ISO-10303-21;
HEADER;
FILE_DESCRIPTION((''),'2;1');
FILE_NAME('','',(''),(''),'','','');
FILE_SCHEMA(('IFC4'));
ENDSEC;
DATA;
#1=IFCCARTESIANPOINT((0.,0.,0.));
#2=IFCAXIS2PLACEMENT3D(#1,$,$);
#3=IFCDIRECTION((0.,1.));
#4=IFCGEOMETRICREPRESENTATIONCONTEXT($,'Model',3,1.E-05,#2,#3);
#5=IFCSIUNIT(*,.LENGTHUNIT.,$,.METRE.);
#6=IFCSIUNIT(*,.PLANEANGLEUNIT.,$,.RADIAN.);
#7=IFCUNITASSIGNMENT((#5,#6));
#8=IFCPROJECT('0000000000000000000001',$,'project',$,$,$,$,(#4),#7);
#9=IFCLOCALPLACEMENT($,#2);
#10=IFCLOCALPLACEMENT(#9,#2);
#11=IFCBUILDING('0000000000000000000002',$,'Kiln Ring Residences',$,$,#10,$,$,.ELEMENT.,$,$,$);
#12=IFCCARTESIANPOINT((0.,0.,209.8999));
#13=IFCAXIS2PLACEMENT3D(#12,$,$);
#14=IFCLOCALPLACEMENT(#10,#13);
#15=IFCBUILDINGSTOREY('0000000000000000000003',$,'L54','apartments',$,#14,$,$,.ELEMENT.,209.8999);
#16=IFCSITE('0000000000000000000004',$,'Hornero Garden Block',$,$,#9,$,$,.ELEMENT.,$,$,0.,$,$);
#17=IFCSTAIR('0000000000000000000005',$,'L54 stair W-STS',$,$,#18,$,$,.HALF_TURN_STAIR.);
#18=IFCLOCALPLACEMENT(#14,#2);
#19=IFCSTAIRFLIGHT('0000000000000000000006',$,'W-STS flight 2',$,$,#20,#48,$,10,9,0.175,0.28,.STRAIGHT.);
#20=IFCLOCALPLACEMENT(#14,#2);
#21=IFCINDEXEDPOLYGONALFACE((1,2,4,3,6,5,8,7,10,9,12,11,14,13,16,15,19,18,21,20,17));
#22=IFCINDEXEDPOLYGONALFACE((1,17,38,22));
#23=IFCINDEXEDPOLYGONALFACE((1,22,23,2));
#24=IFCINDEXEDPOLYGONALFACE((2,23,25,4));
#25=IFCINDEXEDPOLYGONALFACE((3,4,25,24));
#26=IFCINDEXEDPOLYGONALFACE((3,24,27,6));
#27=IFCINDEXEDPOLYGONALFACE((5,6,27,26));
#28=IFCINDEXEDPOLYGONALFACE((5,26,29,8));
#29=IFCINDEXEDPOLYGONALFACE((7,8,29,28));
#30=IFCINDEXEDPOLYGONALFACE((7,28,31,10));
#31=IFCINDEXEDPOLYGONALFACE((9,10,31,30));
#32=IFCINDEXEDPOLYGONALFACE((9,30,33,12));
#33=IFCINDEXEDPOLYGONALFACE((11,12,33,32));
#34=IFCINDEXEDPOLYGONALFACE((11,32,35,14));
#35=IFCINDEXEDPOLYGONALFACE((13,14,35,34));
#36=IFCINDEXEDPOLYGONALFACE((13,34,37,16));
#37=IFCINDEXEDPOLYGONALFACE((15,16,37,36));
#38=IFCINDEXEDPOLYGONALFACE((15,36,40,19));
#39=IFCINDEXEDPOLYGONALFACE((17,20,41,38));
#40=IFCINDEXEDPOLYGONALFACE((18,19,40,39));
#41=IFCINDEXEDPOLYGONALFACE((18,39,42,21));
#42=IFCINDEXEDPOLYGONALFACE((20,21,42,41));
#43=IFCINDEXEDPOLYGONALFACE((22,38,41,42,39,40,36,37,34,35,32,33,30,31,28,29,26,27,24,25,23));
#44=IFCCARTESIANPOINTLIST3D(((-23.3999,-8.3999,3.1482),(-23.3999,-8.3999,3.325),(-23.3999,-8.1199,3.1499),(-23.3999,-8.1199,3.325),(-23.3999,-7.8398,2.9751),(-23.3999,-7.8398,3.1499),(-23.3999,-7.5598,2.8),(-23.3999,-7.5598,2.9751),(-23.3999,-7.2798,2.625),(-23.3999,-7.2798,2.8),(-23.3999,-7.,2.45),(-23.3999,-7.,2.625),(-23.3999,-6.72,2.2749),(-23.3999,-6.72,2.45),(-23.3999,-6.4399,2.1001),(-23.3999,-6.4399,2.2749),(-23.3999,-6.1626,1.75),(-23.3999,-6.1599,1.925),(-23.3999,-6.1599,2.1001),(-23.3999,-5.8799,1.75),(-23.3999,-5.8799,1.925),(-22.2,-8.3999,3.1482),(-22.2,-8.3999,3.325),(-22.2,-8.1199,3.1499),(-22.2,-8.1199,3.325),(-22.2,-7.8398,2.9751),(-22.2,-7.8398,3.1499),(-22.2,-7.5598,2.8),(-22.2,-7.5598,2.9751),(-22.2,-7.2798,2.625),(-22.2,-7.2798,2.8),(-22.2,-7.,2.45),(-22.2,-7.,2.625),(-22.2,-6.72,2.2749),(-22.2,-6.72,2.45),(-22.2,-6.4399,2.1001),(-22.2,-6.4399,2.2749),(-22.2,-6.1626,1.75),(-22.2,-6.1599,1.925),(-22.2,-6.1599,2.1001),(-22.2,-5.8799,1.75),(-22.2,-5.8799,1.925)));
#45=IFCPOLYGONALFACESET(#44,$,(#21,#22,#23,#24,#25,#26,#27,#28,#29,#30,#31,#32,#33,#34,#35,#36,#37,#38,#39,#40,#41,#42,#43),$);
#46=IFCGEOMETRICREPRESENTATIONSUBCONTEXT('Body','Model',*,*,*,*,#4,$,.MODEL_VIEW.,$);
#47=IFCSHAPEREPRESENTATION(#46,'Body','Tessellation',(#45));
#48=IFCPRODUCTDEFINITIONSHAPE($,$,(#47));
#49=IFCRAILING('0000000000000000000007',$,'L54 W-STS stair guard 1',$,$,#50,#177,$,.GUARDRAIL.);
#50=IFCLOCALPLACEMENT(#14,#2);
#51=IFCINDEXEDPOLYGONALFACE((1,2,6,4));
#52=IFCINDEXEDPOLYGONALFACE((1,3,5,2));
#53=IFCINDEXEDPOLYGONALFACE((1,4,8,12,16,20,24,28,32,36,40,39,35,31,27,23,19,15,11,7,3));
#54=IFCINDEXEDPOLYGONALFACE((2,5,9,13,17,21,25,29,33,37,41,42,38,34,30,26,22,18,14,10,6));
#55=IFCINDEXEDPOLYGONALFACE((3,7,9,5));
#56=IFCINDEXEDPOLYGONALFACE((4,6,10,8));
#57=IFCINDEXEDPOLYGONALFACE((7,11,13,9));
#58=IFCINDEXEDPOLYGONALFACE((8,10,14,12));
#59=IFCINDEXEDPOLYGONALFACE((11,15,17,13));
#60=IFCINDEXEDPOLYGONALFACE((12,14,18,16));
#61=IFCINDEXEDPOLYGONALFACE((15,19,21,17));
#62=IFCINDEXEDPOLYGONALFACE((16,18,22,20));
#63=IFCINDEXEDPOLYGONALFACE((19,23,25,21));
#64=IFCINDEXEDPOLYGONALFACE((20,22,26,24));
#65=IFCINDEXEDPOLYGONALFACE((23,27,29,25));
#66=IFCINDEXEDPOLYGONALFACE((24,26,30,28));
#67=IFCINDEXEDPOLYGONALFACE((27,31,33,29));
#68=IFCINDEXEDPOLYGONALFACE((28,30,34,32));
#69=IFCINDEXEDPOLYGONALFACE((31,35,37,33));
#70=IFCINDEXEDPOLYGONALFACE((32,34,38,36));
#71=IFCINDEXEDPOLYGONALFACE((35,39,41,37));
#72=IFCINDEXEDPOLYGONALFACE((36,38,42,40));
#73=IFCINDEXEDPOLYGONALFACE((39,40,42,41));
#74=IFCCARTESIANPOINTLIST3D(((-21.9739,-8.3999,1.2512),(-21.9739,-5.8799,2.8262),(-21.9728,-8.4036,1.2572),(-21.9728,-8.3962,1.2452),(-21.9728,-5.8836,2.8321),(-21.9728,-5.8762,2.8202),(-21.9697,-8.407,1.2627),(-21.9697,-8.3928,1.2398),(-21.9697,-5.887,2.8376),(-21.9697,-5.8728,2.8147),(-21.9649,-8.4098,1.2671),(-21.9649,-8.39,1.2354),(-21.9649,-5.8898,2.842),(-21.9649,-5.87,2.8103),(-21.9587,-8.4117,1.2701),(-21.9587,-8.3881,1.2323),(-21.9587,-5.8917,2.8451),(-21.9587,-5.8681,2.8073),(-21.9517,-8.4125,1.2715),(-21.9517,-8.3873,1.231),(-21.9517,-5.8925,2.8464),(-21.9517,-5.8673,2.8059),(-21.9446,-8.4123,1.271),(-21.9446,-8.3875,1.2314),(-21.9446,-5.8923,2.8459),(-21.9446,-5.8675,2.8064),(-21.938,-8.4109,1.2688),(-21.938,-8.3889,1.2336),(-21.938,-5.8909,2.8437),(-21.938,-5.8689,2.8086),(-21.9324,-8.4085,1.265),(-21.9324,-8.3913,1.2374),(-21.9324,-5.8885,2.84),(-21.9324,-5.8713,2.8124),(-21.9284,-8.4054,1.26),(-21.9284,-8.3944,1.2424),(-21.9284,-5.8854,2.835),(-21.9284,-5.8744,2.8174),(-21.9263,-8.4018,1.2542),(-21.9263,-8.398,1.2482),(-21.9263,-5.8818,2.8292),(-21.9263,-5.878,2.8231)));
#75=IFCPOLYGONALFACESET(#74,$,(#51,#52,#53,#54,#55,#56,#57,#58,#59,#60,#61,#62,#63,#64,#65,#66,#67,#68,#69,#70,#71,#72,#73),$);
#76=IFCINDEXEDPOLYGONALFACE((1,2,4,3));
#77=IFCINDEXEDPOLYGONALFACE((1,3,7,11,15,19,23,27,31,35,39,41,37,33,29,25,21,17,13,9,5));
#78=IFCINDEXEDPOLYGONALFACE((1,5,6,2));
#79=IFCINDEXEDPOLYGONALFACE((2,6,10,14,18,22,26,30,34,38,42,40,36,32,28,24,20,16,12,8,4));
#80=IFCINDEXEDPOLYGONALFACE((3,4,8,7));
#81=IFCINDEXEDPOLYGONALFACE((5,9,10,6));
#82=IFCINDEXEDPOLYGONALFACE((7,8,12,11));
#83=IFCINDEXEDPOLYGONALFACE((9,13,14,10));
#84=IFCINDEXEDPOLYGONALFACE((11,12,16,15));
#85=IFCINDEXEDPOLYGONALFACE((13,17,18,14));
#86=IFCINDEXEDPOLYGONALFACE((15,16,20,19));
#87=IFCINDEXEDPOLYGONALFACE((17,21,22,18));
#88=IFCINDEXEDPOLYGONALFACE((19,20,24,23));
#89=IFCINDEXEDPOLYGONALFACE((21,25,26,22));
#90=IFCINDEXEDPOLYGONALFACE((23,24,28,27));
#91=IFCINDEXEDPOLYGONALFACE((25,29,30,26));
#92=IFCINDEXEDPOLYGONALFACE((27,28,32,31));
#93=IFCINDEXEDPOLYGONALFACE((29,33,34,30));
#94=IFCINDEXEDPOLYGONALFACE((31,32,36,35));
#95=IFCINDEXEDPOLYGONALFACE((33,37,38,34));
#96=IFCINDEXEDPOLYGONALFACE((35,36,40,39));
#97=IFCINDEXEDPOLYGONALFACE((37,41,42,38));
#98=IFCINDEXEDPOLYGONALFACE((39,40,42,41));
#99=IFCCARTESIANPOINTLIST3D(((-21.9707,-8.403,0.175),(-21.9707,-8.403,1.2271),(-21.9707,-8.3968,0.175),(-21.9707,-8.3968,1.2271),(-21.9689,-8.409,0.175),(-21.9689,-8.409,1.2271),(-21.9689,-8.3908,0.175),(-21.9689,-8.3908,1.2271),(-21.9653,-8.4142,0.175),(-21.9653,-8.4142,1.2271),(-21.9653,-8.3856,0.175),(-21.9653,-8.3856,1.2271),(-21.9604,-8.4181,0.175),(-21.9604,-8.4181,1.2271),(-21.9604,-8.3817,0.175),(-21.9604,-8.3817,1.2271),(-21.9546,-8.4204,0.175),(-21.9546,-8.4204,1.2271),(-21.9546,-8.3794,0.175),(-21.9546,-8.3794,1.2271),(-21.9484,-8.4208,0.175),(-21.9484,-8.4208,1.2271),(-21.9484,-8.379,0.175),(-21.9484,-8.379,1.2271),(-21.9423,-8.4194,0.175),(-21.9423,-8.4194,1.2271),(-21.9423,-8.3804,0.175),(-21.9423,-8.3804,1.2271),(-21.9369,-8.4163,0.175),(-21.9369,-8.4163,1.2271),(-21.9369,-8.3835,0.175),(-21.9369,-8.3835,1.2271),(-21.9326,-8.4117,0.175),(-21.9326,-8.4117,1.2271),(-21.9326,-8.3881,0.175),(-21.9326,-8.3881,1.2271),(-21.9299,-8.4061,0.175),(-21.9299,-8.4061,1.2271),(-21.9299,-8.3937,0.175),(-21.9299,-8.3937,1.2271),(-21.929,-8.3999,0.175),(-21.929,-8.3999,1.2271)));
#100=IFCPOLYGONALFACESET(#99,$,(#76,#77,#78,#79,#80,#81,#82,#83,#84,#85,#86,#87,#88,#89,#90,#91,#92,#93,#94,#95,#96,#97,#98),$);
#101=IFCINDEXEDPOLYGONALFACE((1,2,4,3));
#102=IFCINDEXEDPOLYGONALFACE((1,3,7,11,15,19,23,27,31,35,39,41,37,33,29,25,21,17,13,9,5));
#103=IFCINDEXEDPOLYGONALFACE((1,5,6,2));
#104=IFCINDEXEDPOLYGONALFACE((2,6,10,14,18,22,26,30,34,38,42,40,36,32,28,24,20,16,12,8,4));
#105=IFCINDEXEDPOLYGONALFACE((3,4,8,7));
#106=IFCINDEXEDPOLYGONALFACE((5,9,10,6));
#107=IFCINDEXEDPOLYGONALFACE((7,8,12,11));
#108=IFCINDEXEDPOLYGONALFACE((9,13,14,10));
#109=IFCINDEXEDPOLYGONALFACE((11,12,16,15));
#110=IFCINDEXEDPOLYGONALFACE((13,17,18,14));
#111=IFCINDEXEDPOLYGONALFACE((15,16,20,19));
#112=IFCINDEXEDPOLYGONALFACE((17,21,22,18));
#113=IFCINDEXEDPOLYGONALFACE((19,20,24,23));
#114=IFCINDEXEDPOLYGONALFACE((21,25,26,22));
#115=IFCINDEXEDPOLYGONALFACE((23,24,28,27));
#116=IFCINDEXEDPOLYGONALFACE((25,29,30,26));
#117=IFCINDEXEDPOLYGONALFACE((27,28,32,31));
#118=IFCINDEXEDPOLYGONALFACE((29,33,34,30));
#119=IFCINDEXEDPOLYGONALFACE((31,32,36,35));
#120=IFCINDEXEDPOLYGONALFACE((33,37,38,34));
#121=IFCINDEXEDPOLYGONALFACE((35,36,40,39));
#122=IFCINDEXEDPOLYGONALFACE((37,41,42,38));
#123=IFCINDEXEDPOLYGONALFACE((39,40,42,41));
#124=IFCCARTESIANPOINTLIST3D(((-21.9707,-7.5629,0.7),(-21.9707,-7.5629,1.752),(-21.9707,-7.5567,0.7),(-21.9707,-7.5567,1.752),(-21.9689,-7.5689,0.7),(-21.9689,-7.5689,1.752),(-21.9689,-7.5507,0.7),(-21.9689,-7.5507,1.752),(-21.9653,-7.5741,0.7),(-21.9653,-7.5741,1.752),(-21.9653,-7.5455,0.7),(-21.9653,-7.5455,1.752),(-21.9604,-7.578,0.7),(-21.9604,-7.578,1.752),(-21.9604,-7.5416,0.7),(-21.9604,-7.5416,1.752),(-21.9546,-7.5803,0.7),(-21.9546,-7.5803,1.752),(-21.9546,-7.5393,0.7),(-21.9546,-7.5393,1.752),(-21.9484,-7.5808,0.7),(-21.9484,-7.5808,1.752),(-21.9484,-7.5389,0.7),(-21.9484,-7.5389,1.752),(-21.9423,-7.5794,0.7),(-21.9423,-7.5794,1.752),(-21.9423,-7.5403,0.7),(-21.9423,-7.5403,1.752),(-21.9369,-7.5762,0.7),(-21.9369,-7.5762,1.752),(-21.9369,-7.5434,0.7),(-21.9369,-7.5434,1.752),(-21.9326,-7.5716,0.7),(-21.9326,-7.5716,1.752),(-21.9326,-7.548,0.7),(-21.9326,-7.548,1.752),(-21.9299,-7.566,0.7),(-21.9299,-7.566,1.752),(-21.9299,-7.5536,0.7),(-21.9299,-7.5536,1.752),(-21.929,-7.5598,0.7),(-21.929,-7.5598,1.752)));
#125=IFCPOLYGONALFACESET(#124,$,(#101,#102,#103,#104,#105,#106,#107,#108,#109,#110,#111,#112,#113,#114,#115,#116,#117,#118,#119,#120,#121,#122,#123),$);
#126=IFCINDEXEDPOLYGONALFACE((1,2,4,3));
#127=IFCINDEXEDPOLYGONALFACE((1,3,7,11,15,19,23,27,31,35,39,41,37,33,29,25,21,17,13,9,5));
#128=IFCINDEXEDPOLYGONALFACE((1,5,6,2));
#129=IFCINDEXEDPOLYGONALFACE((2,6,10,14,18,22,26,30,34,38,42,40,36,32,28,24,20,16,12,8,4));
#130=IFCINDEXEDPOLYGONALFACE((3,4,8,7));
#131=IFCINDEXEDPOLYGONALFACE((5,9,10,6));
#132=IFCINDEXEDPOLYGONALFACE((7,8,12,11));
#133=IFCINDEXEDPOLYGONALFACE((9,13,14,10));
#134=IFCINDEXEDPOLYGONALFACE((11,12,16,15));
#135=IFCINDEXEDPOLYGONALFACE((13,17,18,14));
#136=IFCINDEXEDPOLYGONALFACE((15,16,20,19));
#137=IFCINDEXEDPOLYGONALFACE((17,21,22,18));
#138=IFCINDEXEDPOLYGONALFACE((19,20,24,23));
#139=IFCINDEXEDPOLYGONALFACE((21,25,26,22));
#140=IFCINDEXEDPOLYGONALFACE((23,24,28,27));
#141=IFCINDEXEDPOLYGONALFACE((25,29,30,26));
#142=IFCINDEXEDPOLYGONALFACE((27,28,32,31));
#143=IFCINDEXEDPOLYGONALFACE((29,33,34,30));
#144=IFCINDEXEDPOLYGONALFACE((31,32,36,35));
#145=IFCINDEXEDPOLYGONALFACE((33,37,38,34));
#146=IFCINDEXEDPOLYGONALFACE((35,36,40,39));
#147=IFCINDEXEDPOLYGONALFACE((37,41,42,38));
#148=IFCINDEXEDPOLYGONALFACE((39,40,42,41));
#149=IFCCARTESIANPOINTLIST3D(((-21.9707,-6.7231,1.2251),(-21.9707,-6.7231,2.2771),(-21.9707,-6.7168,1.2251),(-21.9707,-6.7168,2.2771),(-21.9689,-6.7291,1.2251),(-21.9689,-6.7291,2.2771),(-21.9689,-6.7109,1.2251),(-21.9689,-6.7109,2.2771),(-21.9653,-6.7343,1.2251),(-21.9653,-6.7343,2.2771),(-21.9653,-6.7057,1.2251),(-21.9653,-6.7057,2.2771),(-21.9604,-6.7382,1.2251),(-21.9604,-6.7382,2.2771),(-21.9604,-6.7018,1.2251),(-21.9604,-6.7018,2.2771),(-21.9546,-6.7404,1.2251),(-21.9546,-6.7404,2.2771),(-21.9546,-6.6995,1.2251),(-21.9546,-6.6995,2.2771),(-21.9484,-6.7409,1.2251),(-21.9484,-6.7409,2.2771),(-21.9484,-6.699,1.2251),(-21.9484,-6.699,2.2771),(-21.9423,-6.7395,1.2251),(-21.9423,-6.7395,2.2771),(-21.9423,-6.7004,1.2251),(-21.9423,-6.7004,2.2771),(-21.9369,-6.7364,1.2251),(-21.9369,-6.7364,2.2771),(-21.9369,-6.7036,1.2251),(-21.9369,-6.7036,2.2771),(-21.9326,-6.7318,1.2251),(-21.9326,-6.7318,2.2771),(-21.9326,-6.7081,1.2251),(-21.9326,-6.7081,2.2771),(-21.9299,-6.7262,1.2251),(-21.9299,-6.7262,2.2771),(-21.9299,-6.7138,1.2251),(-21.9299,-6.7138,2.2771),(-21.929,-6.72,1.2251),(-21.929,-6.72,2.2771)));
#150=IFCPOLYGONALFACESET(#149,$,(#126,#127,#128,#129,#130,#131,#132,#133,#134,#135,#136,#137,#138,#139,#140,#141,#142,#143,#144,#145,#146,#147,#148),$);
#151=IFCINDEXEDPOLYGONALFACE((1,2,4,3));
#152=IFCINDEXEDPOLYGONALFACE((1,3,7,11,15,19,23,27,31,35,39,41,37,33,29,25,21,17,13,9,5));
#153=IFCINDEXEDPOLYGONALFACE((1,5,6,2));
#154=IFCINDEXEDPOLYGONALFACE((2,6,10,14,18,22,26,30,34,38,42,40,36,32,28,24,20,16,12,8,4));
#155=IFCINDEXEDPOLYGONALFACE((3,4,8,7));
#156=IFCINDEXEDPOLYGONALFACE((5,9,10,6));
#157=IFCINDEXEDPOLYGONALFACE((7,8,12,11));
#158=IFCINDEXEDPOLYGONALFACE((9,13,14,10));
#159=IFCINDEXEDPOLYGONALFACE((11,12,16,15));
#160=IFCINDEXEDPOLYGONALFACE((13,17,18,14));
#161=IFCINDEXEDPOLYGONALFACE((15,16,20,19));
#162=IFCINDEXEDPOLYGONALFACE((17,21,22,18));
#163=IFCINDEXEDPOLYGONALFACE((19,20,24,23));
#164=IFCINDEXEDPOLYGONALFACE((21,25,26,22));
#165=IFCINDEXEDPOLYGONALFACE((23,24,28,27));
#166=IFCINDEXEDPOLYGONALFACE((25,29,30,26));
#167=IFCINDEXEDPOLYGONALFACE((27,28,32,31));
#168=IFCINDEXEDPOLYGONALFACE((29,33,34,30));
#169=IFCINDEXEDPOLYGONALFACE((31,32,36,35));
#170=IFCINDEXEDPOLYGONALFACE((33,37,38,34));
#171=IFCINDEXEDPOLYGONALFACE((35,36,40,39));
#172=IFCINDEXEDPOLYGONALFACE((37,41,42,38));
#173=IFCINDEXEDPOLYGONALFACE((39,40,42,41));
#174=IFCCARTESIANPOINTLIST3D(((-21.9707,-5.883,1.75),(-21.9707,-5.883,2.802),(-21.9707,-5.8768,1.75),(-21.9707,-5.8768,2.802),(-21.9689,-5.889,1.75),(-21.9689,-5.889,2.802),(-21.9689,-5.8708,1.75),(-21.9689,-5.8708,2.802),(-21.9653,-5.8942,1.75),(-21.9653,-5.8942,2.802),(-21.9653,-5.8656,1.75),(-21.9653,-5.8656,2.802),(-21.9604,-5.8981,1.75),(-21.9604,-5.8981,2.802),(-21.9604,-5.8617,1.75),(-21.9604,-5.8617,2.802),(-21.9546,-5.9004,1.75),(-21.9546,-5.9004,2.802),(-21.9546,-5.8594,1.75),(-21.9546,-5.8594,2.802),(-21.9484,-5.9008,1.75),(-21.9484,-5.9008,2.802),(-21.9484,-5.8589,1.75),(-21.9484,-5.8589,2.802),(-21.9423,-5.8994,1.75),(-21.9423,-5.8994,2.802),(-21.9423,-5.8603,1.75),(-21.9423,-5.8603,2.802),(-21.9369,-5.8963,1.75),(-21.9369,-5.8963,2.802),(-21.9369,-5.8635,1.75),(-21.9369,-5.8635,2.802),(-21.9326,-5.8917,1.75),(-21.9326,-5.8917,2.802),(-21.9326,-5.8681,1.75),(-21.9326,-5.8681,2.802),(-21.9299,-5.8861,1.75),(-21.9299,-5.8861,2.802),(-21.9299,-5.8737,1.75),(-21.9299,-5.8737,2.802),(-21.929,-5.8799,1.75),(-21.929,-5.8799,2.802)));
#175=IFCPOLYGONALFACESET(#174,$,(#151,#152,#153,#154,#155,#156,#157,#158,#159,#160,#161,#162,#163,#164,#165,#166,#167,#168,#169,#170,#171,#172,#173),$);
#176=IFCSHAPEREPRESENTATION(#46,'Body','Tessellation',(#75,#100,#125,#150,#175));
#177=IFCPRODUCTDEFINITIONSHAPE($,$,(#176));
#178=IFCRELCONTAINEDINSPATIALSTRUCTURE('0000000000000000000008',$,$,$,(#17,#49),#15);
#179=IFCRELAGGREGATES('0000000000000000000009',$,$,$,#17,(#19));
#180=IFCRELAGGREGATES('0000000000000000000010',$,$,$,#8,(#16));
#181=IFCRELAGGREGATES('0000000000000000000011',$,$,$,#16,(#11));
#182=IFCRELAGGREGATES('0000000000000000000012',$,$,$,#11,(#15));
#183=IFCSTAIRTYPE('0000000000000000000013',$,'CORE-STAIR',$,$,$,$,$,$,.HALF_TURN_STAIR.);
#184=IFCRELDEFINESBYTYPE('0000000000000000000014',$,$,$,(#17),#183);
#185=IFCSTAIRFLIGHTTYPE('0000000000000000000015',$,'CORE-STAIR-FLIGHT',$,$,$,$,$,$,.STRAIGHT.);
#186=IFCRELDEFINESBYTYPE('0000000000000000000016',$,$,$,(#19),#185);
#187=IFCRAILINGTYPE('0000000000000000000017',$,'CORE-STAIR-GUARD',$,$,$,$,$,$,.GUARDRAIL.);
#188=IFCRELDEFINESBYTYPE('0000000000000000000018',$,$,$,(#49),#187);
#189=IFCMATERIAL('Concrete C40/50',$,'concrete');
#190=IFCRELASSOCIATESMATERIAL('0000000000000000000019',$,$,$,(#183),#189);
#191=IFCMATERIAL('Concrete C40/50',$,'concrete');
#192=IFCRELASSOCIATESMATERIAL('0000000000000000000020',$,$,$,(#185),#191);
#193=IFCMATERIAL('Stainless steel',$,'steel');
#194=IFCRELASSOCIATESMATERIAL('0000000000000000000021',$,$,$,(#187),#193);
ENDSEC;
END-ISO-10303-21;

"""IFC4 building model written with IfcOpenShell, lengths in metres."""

from ifc_helpers import new_model, si_unit, direction, frame, origin, origin_2d, place, context, subcontext, project, spatial, polyline, circle, outline, extrude, material, type_object, element, aggregate, save


model = new_model("IFC4")

# Units and contexts
model_context = context("Model", 3, precision=1e-05, world=origin(), true_north=direction((0.0, 1.0)))
body_context = subcontext(model_context, "Body", "Model", "MODEL_VIEW")
ifc_project = project(units=[si_unit("LENGTHUNIT", "METRE"), si_unit("PLANEANGLEUNIT", "RADIAN")], contexts=[model_context])

# Site, building, storey
site_placement = place(None, origin())
site = spatial("IfcSite", under=ifc_project, at=site_placement, Name="Hornero Garden Block", CompositionType="ELEMENT", RefElevation=0.0)
building_placement = place(site_placement, origin())
building = spatial("IfcBuilding", under=site, at=building_placement, Name="Kiln Ring Residences", CompositionType="ELEMENT")
storey_placement = place(building_placement, frame((0.0, 0.0, 209.8999)))
storey = spatial("IfcBuildingStorey", under=building, at=storey_placement, Name="L54", Description="apartments", CompositionType="ELEMENT", Elevation=209.8999)

# Stair, stair flight
ifc_material_1 = material(Name="Concrete C40/50", Category="concrete")
stair_type = type_object("IfcStairType", Name="CORE-STAIR", PredefinedType="HALF_TURN_STAIR", material=ifc_material_1)
stair_placement = place(storey_placement, origin())
stair = element("IfcStair", 1, at=stair_placement, inside=storey, type_object=stair_type, Name="L54 stair W-STS", PredefinedType="HALF_TURN_STAIR")
ifc_material_2 = material(Name="Concrete C40/50", Category="concrete")
stair_flight_type = type_object("IfcStairFlightType", Name="CORE-STAIR-FLIGHT", PredefinedType="STRAIGHT", material=ifc_material_2)
stair_flight_1_placement = place(storey_placement, frame((-22.8, -5.8799, 1.75), z_axis=(0.0, 0.0, 1.0), x_axis=(0.0, -1.0, 0.0)))
stair_flight_1 = element("IfcStairFlight", 2, at=stair_flight_1_placement, type_object=stair_flight_type, Name="W-STS flight 2", NumberOfRisers=10, NumberOfTreads=9, PredefinedType="STRAIGHT", RiserHeight=0.175, TreadLength=0.28, context=body_context, shape_type="SweptSolid", body=[
    extrude(outline(polyline([(0.0, 0.0), (0.0, 0.175), (0.28, 0.175), (0.28, 0.3501), (0.5601, 0.3501), (0.5601, 0.5249), (0.8401, 0.5249), (0.8401, 0.7), (1.1201, 0.7), (1.1201, 0.875), (1.3999, 0.875), (1.3999, 1.05), (1.6799, 1.05), (1.6799, 1.2251), (1.96, 1.2251), (1.96, 1.3999), (2.24, 1.3999), (2.24, 1.575), (2.52, 1.575), (2.52, 1.75), (2.52, 1.3982), (0.2827, 0.0), (0.0, 0.0)])), frame((0.0, 0.6001, 0.0), z_axis=(0.0, -1.0, 0.0), x_axis=(1.0, 0.0, 0.0)), (0.0, 0.0, 1.0), 1.2),
])
aggregate(stair, [stair_flight_1])

# Railing
ifc_material_3 = material(Name="Stainless steel", Category="steel")
railing_type_1 = type_object("IfcRailingType", Name="CORE-STAIR-GUARD", PredefinedType="GUARDRAIL", material=ifc_material_3)
railing_1_placement = place(storey_placement, frame((-21.95, -8.3999, 0.175)))
element("IfcRailing", 3, at=railing_1_placement, inside=storey, type_object=railing_type_1, Name="L54 W-STS stair guard 1", PredefinedType="GUARDRAIL", context=body_context, shape_type="SweptSolid", body=[
    extrude(circle(Radius=0.0239, at=origin_2d()), frame((0.0, 0.0, 1.0762), z_axis=(0.0, 0.848008, 0.529984), x_axis=(-1.0, 0.0, 0.0)), (0.0, 0.0, 1.0), 2.9717),
    extrude(circle(Radius=0.021, at=origin_2d()), origin(), (0.0, 0.0, 1.0), 1.052),
    extrude(circle(Radius=0.021, at=origin_2d()), frame((0.0, 0.8401, 0.5249)), (0.0, 0.0, 1.0), 1.052),
    extrude(circle(Radius=0.021, at=origin_2d()), frame((0.0, 1.6799, 1.05)), (0.0, 0.0, 1.0), 1.052),
    extrude(circle(Radius=0.021, at=origin_2d()), frame((0.0, 2.52, 1.575)), (0.0, 0.0, 1.0), 1.052),
])

save(model, "model.ifc")
